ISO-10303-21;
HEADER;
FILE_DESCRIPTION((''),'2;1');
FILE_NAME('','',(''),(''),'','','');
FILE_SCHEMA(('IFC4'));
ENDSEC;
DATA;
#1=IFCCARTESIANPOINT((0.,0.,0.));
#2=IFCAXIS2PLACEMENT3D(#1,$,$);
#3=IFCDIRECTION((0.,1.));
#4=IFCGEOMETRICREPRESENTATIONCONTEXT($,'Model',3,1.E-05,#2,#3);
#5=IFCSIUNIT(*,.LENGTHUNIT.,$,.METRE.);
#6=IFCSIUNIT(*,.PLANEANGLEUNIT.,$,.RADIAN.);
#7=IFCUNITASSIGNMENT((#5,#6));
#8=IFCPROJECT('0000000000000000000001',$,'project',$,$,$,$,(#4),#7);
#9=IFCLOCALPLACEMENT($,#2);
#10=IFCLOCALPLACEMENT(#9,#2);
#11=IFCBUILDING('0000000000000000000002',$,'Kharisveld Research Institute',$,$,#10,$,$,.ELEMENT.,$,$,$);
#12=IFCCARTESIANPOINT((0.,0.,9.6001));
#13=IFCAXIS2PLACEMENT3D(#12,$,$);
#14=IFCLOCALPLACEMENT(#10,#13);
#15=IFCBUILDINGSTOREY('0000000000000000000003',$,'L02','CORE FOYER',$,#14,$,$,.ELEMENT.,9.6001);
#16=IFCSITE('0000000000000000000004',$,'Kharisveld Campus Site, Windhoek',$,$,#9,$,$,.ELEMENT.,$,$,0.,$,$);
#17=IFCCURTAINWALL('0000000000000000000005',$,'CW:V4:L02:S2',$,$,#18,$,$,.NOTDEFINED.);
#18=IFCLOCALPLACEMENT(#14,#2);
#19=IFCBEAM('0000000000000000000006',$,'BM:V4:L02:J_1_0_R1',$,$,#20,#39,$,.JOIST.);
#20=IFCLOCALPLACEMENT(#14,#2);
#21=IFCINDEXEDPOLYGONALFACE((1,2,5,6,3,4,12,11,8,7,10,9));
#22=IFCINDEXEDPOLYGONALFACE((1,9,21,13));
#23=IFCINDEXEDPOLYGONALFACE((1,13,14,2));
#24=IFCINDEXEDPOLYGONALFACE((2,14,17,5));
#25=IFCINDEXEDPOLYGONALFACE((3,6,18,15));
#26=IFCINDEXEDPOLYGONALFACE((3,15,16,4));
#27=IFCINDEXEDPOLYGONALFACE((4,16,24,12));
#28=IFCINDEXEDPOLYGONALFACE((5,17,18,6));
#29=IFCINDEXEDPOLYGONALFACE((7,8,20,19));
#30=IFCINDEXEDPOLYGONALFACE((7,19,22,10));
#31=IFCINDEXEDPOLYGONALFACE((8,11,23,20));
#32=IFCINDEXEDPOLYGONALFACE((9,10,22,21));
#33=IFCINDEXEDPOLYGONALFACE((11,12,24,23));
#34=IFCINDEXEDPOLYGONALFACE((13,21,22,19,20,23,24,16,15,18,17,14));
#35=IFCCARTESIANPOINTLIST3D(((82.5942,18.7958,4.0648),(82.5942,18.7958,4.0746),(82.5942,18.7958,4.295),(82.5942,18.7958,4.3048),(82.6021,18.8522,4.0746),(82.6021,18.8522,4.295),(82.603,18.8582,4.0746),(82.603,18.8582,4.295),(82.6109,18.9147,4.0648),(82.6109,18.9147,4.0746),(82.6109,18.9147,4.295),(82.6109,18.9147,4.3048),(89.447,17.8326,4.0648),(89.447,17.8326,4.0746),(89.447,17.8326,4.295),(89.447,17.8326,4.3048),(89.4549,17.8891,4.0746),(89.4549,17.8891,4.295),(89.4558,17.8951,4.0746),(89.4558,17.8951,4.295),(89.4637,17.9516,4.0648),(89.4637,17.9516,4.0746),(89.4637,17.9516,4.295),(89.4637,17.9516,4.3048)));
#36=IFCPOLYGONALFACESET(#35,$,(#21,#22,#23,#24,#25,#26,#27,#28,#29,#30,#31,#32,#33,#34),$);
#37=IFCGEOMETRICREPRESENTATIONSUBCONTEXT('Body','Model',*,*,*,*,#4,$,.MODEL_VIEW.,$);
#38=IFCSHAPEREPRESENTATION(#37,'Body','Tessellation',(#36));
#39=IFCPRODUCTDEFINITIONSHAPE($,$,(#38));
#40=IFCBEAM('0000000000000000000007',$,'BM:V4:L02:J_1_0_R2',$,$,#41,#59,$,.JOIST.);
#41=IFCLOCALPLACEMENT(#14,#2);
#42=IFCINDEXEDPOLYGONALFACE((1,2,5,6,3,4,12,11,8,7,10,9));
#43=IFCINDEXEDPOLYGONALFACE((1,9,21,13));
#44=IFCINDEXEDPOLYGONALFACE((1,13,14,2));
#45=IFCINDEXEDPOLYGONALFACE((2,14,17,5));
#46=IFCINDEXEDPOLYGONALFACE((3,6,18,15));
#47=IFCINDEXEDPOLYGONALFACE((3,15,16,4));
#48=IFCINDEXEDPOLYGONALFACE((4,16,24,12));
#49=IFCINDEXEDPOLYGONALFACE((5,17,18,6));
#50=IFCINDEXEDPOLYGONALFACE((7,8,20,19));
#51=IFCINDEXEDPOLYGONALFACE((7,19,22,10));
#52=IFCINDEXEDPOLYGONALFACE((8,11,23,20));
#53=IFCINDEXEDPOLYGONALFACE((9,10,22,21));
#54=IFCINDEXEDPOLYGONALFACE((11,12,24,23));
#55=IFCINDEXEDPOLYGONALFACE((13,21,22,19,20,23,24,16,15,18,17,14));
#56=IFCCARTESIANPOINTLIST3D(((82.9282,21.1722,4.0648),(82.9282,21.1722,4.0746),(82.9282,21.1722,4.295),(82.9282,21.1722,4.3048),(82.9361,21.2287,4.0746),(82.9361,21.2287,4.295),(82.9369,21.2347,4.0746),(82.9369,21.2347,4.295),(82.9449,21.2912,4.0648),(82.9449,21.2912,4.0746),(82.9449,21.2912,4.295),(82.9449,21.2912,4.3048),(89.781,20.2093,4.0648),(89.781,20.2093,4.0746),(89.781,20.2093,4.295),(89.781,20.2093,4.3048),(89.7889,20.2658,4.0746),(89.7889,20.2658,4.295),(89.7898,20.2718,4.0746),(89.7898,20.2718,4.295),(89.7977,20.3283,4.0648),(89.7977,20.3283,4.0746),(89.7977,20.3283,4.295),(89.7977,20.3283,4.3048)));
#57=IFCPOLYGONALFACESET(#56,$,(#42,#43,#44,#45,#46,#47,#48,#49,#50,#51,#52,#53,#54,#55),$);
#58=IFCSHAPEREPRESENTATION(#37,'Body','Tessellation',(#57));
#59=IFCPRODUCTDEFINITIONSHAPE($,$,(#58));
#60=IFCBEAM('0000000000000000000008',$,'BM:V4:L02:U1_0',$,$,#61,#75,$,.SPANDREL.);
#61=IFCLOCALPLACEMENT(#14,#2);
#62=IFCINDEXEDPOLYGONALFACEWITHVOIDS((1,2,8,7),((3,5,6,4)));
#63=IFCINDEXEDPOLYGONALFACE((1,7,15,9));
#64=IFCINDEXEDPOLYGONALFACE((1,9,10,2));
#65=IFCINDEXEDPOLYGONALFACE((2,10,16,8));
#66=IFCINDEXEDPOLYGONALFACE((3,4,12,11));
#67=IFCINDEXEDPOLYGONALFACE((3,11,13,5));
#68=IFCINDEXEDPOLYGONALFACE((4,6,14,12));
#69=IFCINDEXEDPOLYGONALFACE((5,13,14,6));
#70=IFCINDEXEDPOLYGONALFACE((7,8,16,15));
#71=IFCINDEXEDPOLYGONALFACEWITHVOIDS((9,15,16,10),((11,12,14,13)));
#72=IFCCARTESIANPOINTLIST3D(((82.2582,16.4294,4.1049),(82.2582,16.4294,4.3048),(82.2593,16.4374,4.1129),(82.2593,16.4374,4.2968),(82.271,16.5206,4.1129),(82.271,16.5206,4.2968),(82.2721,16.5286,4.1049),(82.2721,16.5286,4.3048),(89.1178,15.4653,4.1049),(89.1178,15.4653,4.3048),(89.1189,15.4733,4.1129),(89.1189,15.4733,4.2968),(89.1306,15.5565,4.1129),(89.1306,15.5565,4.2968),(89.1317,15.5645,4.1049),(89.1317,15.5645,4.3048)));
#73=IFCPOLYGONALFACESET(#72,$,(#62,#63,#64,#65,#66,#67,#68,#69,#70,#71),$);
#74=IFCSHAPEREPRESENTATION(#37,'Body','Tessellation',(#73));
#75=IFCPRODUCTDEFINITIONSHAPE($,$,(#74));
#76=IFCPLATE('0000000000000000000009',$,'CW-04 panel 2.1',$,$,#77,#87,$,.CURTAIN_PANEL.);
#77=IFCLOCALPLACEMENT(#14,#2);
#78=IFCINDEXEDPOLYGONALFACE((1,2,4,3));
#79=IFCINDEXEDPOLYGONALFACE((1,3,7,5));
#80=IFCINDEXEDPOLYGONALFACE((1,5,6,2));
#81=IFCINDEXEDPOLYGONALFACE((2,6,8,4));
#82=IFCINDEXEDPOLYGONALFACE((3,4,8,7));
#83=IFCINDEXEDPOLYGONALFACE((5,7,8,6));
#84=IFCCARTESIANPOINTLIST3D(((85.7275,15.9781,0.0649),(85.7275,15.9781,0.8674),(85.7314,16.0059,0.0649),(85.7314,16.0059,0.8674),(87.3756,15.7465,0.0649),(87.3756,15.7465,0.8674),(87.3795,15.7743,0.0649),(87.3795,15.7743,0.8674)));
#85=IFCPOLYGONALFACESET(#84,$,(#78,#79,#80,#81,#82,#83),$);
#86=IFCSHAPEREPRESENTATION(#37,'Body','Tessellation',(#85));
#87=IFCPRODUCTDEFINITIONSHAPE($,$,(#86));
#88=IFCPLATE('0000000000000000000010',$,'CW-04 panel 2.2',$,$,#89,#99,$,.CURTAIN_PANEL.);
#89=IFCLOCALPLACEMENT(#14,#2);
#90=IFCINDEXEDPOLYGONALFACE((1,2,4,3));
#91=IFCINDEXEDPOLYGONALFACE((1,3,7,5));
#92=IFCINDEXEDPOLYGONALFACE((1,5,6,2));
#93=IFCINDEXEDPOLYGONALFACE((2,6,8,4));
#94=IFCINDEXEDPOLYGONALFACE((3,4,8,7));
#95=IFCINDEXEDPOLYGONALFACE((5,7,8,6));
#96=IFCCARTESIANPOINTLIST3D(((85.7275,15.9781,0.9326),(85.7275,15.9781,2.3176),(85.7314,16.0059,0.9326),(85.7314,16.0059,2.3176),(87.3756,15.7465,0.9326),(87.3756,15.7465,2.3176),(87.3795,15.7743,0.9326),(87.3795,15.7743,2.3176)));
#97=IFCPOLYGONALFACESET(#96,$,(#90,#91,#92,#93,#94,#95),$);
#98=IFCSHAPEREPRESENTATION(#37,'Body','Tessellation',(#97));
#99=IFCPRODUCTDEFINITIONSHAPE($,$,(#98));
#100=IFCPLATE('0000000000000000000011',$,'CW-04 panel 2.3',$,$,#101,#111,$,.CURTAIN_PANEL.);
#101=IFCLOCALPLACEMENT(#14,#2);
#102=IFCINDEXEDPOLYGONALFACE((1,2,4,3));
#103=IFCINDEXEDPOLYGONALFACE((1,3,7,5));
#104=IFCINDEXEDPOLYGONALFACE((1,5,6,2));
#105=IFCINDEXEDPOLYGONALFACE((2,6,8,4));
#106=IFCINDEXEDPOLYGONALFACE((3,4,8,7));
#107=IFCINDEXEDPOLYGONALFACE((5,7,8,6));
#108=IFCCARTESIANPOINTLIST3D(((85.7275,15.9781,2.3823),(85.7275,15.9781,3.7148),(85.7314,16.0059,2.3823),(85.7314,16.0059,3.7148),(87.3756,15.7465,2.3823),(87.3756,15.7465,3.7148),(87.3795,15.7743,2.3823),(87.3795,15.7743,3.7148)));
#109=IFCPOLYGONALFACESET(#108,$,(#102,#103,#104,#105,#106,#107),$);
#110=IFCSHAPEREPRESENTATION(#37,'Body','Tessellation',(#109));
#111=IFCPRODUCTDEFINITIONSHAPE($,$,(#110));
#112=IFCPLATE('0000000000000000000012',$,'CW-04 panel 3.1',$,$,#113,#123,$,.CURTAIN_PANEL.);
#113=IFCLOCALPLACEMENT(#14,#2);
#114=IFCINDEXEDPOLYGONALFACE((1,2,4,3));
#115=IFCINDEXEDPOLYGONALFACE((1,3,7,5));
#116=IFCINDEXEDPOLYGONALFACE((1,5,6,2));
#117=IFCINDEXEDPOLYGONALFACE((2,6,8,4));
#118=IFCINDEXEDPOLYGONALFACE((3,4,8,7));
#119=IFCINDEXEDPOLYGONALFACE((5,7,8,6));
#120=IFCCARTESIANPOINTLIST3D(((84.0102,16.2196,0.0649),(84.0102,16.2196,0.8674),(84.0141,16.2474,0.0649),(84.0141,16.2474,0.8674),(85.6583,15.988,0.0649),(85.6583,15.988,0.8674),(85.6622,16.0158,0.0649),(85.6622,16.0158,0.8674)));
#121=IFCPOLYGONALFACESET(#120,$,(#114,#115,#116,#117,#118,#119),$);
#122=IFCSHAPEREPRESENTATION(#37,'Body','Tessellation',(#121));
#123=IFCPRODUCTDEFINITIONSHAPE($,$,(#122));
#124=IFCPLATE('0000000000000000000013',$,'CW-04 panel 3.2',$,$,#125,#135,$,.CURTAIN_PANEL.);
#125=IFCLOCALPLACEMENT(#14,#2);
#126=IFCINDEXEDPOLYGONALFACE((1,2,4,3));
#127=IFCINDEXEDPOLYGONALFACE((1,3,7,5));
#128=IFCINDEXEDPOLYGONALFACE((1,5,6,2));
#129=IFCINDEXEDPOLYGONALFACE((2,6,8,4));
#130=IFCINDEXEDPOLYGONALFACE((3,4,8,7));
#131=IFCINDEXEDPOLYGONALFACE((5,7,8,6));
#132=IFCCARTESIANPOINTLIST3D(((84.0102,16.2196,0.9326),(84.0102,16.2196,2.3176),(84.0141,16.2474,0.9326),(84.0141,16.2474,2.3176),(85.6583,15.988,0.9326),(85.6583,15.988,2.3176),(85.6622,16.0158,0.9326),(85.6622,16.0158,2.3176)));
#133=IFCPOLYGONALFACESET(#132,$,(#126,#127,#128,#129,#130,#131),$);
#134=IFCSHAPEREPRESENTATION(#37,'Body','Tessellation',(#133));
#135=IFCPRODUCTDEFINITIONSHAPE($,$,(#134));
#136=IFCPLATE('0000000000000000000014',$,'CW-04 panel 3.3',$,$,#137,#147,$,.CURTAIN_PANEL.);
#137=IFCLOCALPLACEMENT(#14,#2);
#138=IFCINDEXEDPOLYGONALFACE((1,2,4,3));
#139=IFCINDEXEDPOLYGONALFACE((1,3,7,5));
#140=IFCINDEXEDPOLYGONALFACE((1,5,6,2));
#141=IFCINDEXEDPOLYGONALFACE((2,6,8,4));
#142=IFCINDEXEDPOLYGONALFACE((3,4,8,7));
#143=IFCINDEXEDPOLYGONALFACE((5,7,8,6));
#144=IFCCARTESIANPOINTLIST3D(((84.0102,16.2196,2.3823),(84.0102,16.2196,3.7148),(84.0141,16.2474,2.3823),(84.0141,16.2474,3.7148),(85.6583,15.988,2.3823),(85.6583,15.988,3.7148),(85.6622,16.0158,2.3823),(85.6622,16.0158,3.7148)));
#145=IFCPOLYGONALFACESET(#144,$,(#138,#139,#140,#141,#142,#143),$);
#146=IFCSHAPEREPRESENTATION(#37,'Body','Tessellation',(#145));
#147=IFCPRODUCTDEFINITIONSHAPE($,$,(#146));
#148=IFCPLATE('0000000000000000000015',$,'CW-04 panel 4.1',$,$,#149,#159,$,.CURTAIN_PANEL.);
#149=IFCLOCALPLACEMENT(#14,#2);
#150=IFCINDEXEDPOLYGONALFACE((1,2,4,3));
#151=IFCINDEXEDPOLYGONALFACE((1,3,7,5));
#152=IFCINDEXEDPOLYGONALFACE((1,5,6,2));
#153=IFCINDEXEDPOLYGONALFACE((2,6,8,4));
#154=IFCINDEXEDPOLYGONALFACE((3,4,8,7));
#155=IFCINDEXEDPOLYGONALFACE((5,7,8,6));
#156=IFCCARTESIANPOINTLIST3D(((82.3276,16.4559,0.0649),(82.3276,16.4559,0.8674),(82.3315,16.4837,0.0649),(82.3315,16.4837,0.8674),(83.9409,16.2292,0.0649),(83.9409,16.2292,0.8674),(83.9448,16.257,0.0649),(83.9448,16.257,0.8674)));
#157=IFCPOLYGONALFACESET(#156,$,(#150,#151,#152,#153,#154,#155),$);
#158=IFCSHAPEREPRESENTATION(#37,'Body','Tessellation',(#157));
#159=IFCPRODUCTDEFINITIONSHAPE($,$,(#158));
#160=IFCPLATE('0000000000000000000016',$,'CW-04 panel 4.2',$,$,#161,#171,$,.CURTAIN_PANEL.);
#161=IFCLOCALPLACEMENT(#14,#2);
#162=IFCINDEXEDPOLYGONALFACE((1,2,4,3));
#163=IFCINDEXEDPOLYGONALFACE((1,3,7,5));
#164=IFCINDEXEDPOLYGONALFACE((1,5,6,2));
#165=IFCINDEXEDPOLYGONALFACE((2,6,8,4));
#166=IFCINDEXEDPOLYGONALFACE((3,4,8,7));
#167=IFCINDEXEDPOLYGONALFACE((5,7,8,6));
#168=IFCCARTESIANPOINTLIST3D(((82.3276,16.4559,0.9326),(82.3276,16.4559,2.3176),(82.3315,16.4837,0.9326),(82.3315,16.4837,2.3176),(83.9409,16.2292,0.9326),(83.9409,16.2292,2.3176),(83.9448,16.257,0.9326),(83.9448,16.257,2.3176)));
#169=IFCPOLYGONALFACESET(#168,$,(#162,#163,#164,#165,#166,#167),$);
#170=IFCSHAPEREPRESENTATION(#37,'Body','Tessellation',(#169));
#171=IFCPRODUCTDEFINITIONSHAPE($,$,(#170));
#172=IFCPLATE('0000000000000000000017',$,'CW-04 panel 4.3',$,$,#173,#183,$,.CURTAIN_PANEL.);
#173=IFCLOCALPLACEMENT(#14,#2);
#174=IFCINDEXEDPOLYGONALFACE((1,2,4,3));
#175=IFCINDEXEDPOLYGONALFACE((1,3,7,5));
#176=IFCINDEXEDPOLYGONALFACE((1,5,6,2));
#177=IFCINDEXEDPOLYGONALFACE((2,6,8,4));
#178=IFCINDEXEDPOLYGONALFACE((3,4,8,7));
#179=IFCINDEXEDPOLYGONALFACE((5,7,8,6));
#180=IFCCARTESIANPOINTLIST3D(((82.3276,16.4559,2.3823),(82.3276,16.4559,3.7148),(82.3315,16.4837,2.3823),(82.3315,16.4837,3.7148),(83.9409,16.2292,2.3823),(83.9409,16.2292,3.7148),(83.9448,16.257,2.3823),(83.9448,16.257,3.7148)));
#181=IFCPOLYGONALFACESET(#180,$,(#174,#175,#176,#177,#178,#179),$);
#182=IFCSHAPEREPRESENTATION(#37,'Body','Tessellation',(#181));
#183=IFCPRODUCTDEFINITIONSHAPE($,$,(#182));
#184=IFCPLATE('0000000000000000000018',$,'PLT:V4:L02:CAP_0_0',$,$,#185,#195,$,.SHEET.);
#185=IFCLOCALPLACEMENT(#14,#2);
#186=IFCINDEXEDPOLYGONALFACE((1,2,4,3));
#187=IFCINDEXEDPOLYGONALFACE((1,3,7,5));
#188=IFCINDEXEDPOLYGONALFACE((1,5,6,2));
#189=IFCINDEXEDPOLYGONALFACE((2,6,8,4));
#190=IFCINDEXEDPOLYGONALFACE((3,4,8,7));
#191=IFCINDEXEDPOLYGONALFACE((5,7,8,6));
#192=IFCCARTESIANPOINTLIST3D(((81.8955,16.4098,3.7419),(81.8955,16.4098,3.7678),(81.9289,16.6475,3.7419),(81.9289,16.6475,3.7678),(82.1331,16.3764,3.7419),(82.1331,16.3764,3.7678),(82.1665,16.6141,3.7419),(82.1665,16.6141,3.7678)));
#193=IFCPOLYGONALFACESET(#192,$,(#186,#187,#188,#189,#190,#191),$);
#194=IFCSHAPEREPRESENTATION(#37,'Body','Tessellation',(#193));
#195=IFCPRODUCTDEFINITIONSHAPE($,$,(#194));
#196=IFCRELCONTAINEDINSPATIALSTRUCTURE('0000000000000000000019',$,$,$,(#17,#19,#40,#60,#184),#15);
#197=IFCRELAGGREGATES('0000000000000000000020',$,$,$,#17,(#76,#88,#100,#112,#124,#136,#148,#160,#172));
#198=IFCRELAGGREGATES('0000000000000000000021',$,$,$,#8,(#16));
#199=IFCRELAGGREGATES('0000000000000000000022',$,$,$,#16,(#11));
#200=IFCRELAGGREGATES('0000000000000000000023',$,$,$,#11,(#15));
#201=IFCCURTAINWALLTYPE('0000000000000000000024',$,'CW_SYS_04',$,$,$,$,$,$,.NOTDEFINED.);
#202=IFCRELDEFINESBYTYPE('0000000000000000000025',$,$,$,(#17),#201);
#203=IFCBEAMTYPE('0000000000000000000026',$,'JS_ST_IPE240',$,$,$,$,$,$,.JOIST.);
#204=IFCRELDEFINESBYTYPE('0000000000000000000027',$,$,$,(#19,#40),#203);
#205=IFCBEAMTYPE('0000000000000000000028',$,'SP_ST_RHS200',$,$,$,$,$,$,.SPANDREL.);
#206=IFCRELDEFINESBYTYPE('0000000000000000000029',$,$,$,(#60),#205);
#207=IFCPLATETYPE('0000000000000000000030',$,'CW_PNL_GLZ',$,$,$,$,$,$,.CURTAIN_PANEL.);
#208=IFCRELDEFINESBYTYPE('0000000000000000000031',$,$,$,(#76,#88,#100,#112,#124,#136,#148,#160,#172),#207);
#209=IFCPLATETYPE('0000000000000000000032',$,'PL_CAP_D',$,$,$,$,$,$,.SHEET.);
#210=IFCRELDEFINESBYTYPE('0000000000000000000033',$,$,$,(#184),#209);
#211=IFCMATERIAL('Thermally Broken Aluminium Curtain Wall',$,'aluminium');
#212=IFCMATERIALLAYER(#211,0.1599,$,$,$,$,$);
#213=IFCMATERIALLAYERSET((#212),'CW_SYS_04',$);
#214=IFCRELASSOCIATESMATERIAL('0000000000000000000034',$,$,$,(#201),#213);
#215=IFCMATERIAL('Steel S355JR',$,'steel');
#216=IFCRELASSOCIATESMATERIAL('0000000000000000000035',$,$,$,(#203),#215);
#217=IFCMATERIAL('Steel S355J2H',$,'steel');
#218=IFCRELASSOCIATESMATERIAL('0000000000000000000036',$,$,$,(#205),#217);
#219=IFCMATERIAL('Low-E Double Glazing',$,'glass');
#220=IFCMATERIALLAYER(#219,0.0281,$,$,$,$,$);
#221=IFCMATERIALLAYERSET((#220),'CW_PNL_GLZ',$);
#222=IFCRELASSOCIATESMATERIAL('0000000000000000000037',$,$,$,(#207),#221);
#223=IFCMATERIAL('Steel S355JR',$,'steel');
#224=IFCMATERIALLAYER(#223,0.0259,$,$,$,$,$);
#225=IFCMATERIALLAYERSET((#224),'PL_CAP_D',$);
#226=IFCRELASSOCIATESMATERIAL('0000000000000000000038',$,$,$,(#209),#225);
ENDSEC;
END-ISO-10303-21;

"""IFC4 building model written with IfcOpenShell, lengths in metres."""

from ifc_helpers import new_model, si_unit, direction, frame, origin, origin_2d, place, context, subcontext, project, spatial, rectangle, hollow_rectangle, i_section, extrude, material, layer, layer_set, material_profile, profile_set, type_object, element, aggregate, save


model = new_model("IFC4")

# Units and contexts
model_context = context("Model", 3, precision=1e-05, world=origin(), true_north=direction((0.0, 1.0)))
body_context = subcontext(model_context, "Body", "Model", "MODEL_VIEW")
ifc_project = project(units=[si_unit("LENGTHUNIT", "METRE"), si_unit("PLANEANGLEUNIT", "RADIAN")], contexts=[model_context])

# Site, building, storey
site_placement = place(None, origin())
site = spatial("IfcSite", under=ifc_project, at=site_placement, Name="Kharisveld Campus Site, Windhoek", CompositionType="ELEMENT", RefElevation=0.0)
building_placement = place(site_placement, origin())
building = spatial("IfcBuilding", under=site, at=building_placement, Name="Kharisveld Research Institute", CompositionType="ELEMENT")
storey_placement = place(building_placement, frame((0.0, 0.0, 9.6001)))
storey = spatial("IfcBuildingStorey", under=building, at=storey_placement, Name="L02", Description="CORE FOYER", CompositionType="ELEMENT", Elevation=9.6001)

# Curtain wall
ifc_material_1 = material(Name="Thermally Broken Aluminium Curtain Wall", Category="aluminium")
ifc_layer_1 = layer(ifc_material_1, 0.1599)
ifc_layer_set_1 = layer_set([ifc_layer_1], Name="CW_SYS_04")
curtain_wall_type = type_object("IfcCurtainWallType", Name="CW_SYS_04", PredefinedType="NOTDEFINED", material=ifc_layer_set_1)
curtain_wall_placement = place(storey_placement, origin())
curtain_wall = element("IfcCurtainWall", 1, at=curtain_wall_placement, inside=storey, type_object=curtain_wall_type, Name="CW:V4:L02:S2", PredefinedType="NOTDEFINED")

# Beams
ifc_material_2 = material(Name="Steel S355JR", Category="steel")
ifc_material_profile_1 = material_profile(ifc_material_2, i_section(OverallWidth=0.1201, OverallDepth=0.24, WebThickness=0.0061, FlangeThickness=0.0098, at=origin_2d()))
ifc_profile_set_1 = profile_set([ifc_material_profile_1], Name="Steel S355JR")
beam_type_1 = type_object("IfcBeamType", Name="JS_ST_IPE240", PredefinedType="JOIST", material=ifc_profile_set_1)
for number, where, z_axis, x_axis, name in (
    (2, (82.6025, 18.8552, 4.1848), (0.990267, -0.139179, 0.0), (0.139179, 0.990267, 0.0), "BM:V4:L02:J_1_0_R1"),
    (3, (82.9365, 21.2317, 4.1848), (0.990272, -0.139144, 0.0), (0.139144, 0.990272, 0.0), "BM:V4:L02:J_1_0_R2"),
):
    element("IfcBeam", number, at=place(storey_placement, frame(where, z_axis=z_axis, x_axis=x_axis)), inside=storey, type_object=beam_type_1, Name=name, PredefinedType="JOIST", context=body_context, shape_type="SweptSolid", body=[
        extrude(i_section(OverallWidth=0.1201, OverallDepth=0.24, WebThickness=0.0061, FlangeThickness=0.0098, at=origin_2d()), origin(), (0.0, 0.0, 1.0), 6.9202),
    ])
ifc_material_3 = material(Name="Steel S355J2H", Category="steel")
ifc_material_profile_2 = material_profile(ifc_material_3, hollow_rectangle(XDim=0.1001, YDim=0.2, WallThickness=0.0081, at=origin_2d()))
ifc_profile_set_2 = profile_set([ifc_material_profile_2], Name="Steel S355J2H")
beam_type_2 = type_object("IfcBeamType", Name="SP_ST_RHS200", PredefinedType="SPANDREL", material=ifc_profile_set_2)
beam_1_placement = place(storey_placement, frame((82.2651, 16.479, 4.2048), z_axis=(0.990267, -0.139181, 0.0), x_axis=(0.139181, 0.990267, 0.0)))
element("IfcBeam", 4, at=beam_1_placement, inside=storey, type_object=beam_type_2, Name="BM:V4:L02:U1_0", PredefinedType="SPANDREL", context=body_context, shape_type="SweptSolid", body=[
    extrude(hollow_rectangle(XDim=0.1001, YDim=0.2, WallThickness=0.0081, at=origin_2d()), origin(), (0.0, 0.0, 1.0), 6.927),
])

# Plates
ifc_material_4 = material(Name="Low-E Double Glazing", Category="glass")
ifc_layer_2 = layer(ifc_material_4, 0.0281)
ifc_layer_set_2 = layer_set([ifc_layer_2], Name="CW_PNL_GLZ")
plate_type_1 = type_object("IfcPlateType", Name="CW_PNL_GLZ", PredefinedType="CURTAIN_PANEL", material=ifc_layer_set_2)
plate_1_placement = place(storey_placement, frame((86.5535, 15.8762, 0.0649), z_axis=(0.0, 0.0, 1.0), x_axis=(-0.990268, 0.139173, 0.0)))
plate_1 = element("IfcPlate", 5, at=plate_1_placement, type_object=plate_type_1, Name="CW-04 panel 2.1", PredefinedType="CURTAIN_PANEL", context=body_context, shape_type="SweptSolid", body=[
    extrude(rectangle(XDim=1.6643, YDim=0.0281, at=origin_2d()), origin(), (0.0, 0.0, 1.0), 0.8025),
])
plate_2_placement = place(storey_placement, frame((86.5535, 15.8762, 0.9326), z_axis=(0.0, 0.0, 1.0), x_axis=(-0.990268, 0.139173, 0.0)))
plate_2 = element("IfcPlate", 6, at=plate_2_placement, type_object=plate_type_1, Name="CW-04 panel 2.2", PredefinedType="CURTAIN_PANEL", context=body_context, shape_type="SweptSolid", body=[
    extrude(rectangle(XDim=1.6643, YDim=0.0281, at=origin_2d()), origin(), (0.0, 0.0, 1.0), 1.385),
])
plate_3_placement = place(storey_placement, frame((86.5535, 15.8762, 2.3823), z_axis=(0.0, 0.0, 1.0), x_axis=(-0.990268, 0.139173, 0.0)))
plate_3 = element("IfcPlate", 7, at=plate_3_placement, type_object=plate_type_1, Name="CW-04 panel 2.3", PredefinedType="CURTAIN_PANEL", context=body_context, shape_type="SweptSolid", body=[
    extrude(rectangle(XDim=1.6643, YDim=0.0281, at=origin_2d()), origin(), (0.0, 0.0, 1.0), 1.3325),
])
plate_4_placement = place(storey_placement, frame((84.8362, 16.1177, 0.0649), z_axis=(0.0, 0.0, 1.0), x_axis=(-0.990268, 0.139173, 0.0)))
plate_4 = element("IfcPlate", 8, at=plate_4_placement, type_object=plate_type_1, Name="CW-04 panel 3.1", PredefinedType="CURTAIN_PANEL", context=body_context, shape_type="SweptSolid", body=[
    extrude(rectangle(XDim=1.6643, YDim=0.0281, at=origin_2d()), origin(), (0.0, 0.0, 1.0), 0.8025),
])
plate_5_placement = place(storey_placement, frame((84.8362, 16.1177, 0.9326), z_axis=(0.0, 0.0, 1.0), x_axis=(-0.990268, 0.139173, 0.0)))
plate_5 = element("IfcPlate", 9, at=plate_5_placement, type_object=plate_type_1, Name="CW-04 panel 3.2", PredefinedType="CURTAIN_PANEL", context=body_context, shape_type="SweptSolid", body=[
    extrude(rectangle(XDim=1.6643, YDim=0.0281, at=origin_2d()), origin(), (0.0, 0.0, 1.0), 1.385),
])
plate_6_placement = place(storey_placement, frame((84.8362, 16.1177, 2.3823), z_axis=(0.0, 0.0, 1.0), x_axis=(-0.990268, 0.139173, 0.0)))
plate_6 = element("IfcPlate", 10, at=plate_6_placement, type_object=plate_type_1, Name="CW-04 panel 3.3", PredefinedType="CURTAIN_PANEL", context=body_context, shape_type="SweptSolid", body=[
    extrude(rectangle(XDim=1.6643, YDim=0.0281, at=origin_2d()), origin(), (0.0, 0.0, 1.0), 1.3325),
])
plate_7_placement = place(storey_placement, frame((83.1362, 16.3564, 0.0649), z_axis=(0.0, 0.0, 1.0), x_axis=(-0.990268, 0.139173, 0.0)))
plate_7 = element("IfcPlate", 11, at=plate_7_placement, type_object=plate_type_1, Name="CW-04 panel 4.1", PredefinedType="CURTAIN_PANEL", context=body_context, shape_type="SweptSolid", body=[
    extrude(rectangle(XDim=1.6292, YDim=0.0281, at=origin_2d()), origin(), (0.0, 0.0, 1.0), 0.8025),
])
plate_8_placement = place(storey_placement, frame((83.1362, 16.3564, 0.9326), z_axis=(0.0, 0.0, 1.0), x_axis=(-0.990268, 0.139173, 0.0)))
plate_8 = element("IfcPlate", 12, at=plate_8_placement, type_object=plate_type_1, Name="CW-04 panel 4.2", PredefinedType="CURTAIN_PANEL", context=body_context, shape_type="SweptSolid", body=[
    extrude(rectangle(XDim=1.6292, YDim=0.0281, at=origin_2d()), origin(), (0.0, 0.0, 1.0), 1.385),
])
plate_9_placement = place(storey_placement, frame((83.1362, 16.3564, 2.3823), z_axis=(0.0, 0.0, 1.0), x_axis=(-0.990268, 0.139173, 0.0)))
plate_9 = element("IfcPlate", 13, at=plate_9_placement, type_object=plate_type_1, Name="CW-04 panel 4.3", PredefinedType="CURTAIN_PANEL", context=body_context, shape_type="SweptSolid", body=[
    extrude(rectangle(XDim=1.6292, YDim=0.0281, at=origin_2d()), origin(), (0.0, 0.0, 1.0), 1.3325),
])
aggregate(curtain_wall, [plate_1, plate_2, plate_3, plate_4, plate_5, plate_6, plate_7, plate_8, plate_9])
ifc_material_5 = material(Name="Steel S355JR", Category="steel")
ifc_layer_3 = layer(ifc_material_5, 0.0259)
ifc_layer_set_3 = layer_set([ifc_layer_3], Name="PL_CAP_D")
plate_type_2 = type_object("IfcPlateType", Name="PL_CAP_D", PredefinedType="SHEET", material=ifc_layer_set_3)
plate_10_placement = place(storey_placement, frame((82.031, 16.512, 3.7419), z_axis=(0.0, 0.0, 1.0), x_axis=(0.990268, -0.139173, 0.0)))
element("IfcPlate", 14, at=plate_10_placement, inside=storey, type_object=plate_type_2, Name="PLT:V4:L02:CAP_0_0", PredefinedType="SHEET", context=body_context, shape_type="SweptSolid", body=[
    extrude(rectangle(XDim=0.24, YDim=0.24, at=origin_2d()), origin(), (0.0, 0.0, 1.0), 0.0259),
])

save(model, "model.ifc")
